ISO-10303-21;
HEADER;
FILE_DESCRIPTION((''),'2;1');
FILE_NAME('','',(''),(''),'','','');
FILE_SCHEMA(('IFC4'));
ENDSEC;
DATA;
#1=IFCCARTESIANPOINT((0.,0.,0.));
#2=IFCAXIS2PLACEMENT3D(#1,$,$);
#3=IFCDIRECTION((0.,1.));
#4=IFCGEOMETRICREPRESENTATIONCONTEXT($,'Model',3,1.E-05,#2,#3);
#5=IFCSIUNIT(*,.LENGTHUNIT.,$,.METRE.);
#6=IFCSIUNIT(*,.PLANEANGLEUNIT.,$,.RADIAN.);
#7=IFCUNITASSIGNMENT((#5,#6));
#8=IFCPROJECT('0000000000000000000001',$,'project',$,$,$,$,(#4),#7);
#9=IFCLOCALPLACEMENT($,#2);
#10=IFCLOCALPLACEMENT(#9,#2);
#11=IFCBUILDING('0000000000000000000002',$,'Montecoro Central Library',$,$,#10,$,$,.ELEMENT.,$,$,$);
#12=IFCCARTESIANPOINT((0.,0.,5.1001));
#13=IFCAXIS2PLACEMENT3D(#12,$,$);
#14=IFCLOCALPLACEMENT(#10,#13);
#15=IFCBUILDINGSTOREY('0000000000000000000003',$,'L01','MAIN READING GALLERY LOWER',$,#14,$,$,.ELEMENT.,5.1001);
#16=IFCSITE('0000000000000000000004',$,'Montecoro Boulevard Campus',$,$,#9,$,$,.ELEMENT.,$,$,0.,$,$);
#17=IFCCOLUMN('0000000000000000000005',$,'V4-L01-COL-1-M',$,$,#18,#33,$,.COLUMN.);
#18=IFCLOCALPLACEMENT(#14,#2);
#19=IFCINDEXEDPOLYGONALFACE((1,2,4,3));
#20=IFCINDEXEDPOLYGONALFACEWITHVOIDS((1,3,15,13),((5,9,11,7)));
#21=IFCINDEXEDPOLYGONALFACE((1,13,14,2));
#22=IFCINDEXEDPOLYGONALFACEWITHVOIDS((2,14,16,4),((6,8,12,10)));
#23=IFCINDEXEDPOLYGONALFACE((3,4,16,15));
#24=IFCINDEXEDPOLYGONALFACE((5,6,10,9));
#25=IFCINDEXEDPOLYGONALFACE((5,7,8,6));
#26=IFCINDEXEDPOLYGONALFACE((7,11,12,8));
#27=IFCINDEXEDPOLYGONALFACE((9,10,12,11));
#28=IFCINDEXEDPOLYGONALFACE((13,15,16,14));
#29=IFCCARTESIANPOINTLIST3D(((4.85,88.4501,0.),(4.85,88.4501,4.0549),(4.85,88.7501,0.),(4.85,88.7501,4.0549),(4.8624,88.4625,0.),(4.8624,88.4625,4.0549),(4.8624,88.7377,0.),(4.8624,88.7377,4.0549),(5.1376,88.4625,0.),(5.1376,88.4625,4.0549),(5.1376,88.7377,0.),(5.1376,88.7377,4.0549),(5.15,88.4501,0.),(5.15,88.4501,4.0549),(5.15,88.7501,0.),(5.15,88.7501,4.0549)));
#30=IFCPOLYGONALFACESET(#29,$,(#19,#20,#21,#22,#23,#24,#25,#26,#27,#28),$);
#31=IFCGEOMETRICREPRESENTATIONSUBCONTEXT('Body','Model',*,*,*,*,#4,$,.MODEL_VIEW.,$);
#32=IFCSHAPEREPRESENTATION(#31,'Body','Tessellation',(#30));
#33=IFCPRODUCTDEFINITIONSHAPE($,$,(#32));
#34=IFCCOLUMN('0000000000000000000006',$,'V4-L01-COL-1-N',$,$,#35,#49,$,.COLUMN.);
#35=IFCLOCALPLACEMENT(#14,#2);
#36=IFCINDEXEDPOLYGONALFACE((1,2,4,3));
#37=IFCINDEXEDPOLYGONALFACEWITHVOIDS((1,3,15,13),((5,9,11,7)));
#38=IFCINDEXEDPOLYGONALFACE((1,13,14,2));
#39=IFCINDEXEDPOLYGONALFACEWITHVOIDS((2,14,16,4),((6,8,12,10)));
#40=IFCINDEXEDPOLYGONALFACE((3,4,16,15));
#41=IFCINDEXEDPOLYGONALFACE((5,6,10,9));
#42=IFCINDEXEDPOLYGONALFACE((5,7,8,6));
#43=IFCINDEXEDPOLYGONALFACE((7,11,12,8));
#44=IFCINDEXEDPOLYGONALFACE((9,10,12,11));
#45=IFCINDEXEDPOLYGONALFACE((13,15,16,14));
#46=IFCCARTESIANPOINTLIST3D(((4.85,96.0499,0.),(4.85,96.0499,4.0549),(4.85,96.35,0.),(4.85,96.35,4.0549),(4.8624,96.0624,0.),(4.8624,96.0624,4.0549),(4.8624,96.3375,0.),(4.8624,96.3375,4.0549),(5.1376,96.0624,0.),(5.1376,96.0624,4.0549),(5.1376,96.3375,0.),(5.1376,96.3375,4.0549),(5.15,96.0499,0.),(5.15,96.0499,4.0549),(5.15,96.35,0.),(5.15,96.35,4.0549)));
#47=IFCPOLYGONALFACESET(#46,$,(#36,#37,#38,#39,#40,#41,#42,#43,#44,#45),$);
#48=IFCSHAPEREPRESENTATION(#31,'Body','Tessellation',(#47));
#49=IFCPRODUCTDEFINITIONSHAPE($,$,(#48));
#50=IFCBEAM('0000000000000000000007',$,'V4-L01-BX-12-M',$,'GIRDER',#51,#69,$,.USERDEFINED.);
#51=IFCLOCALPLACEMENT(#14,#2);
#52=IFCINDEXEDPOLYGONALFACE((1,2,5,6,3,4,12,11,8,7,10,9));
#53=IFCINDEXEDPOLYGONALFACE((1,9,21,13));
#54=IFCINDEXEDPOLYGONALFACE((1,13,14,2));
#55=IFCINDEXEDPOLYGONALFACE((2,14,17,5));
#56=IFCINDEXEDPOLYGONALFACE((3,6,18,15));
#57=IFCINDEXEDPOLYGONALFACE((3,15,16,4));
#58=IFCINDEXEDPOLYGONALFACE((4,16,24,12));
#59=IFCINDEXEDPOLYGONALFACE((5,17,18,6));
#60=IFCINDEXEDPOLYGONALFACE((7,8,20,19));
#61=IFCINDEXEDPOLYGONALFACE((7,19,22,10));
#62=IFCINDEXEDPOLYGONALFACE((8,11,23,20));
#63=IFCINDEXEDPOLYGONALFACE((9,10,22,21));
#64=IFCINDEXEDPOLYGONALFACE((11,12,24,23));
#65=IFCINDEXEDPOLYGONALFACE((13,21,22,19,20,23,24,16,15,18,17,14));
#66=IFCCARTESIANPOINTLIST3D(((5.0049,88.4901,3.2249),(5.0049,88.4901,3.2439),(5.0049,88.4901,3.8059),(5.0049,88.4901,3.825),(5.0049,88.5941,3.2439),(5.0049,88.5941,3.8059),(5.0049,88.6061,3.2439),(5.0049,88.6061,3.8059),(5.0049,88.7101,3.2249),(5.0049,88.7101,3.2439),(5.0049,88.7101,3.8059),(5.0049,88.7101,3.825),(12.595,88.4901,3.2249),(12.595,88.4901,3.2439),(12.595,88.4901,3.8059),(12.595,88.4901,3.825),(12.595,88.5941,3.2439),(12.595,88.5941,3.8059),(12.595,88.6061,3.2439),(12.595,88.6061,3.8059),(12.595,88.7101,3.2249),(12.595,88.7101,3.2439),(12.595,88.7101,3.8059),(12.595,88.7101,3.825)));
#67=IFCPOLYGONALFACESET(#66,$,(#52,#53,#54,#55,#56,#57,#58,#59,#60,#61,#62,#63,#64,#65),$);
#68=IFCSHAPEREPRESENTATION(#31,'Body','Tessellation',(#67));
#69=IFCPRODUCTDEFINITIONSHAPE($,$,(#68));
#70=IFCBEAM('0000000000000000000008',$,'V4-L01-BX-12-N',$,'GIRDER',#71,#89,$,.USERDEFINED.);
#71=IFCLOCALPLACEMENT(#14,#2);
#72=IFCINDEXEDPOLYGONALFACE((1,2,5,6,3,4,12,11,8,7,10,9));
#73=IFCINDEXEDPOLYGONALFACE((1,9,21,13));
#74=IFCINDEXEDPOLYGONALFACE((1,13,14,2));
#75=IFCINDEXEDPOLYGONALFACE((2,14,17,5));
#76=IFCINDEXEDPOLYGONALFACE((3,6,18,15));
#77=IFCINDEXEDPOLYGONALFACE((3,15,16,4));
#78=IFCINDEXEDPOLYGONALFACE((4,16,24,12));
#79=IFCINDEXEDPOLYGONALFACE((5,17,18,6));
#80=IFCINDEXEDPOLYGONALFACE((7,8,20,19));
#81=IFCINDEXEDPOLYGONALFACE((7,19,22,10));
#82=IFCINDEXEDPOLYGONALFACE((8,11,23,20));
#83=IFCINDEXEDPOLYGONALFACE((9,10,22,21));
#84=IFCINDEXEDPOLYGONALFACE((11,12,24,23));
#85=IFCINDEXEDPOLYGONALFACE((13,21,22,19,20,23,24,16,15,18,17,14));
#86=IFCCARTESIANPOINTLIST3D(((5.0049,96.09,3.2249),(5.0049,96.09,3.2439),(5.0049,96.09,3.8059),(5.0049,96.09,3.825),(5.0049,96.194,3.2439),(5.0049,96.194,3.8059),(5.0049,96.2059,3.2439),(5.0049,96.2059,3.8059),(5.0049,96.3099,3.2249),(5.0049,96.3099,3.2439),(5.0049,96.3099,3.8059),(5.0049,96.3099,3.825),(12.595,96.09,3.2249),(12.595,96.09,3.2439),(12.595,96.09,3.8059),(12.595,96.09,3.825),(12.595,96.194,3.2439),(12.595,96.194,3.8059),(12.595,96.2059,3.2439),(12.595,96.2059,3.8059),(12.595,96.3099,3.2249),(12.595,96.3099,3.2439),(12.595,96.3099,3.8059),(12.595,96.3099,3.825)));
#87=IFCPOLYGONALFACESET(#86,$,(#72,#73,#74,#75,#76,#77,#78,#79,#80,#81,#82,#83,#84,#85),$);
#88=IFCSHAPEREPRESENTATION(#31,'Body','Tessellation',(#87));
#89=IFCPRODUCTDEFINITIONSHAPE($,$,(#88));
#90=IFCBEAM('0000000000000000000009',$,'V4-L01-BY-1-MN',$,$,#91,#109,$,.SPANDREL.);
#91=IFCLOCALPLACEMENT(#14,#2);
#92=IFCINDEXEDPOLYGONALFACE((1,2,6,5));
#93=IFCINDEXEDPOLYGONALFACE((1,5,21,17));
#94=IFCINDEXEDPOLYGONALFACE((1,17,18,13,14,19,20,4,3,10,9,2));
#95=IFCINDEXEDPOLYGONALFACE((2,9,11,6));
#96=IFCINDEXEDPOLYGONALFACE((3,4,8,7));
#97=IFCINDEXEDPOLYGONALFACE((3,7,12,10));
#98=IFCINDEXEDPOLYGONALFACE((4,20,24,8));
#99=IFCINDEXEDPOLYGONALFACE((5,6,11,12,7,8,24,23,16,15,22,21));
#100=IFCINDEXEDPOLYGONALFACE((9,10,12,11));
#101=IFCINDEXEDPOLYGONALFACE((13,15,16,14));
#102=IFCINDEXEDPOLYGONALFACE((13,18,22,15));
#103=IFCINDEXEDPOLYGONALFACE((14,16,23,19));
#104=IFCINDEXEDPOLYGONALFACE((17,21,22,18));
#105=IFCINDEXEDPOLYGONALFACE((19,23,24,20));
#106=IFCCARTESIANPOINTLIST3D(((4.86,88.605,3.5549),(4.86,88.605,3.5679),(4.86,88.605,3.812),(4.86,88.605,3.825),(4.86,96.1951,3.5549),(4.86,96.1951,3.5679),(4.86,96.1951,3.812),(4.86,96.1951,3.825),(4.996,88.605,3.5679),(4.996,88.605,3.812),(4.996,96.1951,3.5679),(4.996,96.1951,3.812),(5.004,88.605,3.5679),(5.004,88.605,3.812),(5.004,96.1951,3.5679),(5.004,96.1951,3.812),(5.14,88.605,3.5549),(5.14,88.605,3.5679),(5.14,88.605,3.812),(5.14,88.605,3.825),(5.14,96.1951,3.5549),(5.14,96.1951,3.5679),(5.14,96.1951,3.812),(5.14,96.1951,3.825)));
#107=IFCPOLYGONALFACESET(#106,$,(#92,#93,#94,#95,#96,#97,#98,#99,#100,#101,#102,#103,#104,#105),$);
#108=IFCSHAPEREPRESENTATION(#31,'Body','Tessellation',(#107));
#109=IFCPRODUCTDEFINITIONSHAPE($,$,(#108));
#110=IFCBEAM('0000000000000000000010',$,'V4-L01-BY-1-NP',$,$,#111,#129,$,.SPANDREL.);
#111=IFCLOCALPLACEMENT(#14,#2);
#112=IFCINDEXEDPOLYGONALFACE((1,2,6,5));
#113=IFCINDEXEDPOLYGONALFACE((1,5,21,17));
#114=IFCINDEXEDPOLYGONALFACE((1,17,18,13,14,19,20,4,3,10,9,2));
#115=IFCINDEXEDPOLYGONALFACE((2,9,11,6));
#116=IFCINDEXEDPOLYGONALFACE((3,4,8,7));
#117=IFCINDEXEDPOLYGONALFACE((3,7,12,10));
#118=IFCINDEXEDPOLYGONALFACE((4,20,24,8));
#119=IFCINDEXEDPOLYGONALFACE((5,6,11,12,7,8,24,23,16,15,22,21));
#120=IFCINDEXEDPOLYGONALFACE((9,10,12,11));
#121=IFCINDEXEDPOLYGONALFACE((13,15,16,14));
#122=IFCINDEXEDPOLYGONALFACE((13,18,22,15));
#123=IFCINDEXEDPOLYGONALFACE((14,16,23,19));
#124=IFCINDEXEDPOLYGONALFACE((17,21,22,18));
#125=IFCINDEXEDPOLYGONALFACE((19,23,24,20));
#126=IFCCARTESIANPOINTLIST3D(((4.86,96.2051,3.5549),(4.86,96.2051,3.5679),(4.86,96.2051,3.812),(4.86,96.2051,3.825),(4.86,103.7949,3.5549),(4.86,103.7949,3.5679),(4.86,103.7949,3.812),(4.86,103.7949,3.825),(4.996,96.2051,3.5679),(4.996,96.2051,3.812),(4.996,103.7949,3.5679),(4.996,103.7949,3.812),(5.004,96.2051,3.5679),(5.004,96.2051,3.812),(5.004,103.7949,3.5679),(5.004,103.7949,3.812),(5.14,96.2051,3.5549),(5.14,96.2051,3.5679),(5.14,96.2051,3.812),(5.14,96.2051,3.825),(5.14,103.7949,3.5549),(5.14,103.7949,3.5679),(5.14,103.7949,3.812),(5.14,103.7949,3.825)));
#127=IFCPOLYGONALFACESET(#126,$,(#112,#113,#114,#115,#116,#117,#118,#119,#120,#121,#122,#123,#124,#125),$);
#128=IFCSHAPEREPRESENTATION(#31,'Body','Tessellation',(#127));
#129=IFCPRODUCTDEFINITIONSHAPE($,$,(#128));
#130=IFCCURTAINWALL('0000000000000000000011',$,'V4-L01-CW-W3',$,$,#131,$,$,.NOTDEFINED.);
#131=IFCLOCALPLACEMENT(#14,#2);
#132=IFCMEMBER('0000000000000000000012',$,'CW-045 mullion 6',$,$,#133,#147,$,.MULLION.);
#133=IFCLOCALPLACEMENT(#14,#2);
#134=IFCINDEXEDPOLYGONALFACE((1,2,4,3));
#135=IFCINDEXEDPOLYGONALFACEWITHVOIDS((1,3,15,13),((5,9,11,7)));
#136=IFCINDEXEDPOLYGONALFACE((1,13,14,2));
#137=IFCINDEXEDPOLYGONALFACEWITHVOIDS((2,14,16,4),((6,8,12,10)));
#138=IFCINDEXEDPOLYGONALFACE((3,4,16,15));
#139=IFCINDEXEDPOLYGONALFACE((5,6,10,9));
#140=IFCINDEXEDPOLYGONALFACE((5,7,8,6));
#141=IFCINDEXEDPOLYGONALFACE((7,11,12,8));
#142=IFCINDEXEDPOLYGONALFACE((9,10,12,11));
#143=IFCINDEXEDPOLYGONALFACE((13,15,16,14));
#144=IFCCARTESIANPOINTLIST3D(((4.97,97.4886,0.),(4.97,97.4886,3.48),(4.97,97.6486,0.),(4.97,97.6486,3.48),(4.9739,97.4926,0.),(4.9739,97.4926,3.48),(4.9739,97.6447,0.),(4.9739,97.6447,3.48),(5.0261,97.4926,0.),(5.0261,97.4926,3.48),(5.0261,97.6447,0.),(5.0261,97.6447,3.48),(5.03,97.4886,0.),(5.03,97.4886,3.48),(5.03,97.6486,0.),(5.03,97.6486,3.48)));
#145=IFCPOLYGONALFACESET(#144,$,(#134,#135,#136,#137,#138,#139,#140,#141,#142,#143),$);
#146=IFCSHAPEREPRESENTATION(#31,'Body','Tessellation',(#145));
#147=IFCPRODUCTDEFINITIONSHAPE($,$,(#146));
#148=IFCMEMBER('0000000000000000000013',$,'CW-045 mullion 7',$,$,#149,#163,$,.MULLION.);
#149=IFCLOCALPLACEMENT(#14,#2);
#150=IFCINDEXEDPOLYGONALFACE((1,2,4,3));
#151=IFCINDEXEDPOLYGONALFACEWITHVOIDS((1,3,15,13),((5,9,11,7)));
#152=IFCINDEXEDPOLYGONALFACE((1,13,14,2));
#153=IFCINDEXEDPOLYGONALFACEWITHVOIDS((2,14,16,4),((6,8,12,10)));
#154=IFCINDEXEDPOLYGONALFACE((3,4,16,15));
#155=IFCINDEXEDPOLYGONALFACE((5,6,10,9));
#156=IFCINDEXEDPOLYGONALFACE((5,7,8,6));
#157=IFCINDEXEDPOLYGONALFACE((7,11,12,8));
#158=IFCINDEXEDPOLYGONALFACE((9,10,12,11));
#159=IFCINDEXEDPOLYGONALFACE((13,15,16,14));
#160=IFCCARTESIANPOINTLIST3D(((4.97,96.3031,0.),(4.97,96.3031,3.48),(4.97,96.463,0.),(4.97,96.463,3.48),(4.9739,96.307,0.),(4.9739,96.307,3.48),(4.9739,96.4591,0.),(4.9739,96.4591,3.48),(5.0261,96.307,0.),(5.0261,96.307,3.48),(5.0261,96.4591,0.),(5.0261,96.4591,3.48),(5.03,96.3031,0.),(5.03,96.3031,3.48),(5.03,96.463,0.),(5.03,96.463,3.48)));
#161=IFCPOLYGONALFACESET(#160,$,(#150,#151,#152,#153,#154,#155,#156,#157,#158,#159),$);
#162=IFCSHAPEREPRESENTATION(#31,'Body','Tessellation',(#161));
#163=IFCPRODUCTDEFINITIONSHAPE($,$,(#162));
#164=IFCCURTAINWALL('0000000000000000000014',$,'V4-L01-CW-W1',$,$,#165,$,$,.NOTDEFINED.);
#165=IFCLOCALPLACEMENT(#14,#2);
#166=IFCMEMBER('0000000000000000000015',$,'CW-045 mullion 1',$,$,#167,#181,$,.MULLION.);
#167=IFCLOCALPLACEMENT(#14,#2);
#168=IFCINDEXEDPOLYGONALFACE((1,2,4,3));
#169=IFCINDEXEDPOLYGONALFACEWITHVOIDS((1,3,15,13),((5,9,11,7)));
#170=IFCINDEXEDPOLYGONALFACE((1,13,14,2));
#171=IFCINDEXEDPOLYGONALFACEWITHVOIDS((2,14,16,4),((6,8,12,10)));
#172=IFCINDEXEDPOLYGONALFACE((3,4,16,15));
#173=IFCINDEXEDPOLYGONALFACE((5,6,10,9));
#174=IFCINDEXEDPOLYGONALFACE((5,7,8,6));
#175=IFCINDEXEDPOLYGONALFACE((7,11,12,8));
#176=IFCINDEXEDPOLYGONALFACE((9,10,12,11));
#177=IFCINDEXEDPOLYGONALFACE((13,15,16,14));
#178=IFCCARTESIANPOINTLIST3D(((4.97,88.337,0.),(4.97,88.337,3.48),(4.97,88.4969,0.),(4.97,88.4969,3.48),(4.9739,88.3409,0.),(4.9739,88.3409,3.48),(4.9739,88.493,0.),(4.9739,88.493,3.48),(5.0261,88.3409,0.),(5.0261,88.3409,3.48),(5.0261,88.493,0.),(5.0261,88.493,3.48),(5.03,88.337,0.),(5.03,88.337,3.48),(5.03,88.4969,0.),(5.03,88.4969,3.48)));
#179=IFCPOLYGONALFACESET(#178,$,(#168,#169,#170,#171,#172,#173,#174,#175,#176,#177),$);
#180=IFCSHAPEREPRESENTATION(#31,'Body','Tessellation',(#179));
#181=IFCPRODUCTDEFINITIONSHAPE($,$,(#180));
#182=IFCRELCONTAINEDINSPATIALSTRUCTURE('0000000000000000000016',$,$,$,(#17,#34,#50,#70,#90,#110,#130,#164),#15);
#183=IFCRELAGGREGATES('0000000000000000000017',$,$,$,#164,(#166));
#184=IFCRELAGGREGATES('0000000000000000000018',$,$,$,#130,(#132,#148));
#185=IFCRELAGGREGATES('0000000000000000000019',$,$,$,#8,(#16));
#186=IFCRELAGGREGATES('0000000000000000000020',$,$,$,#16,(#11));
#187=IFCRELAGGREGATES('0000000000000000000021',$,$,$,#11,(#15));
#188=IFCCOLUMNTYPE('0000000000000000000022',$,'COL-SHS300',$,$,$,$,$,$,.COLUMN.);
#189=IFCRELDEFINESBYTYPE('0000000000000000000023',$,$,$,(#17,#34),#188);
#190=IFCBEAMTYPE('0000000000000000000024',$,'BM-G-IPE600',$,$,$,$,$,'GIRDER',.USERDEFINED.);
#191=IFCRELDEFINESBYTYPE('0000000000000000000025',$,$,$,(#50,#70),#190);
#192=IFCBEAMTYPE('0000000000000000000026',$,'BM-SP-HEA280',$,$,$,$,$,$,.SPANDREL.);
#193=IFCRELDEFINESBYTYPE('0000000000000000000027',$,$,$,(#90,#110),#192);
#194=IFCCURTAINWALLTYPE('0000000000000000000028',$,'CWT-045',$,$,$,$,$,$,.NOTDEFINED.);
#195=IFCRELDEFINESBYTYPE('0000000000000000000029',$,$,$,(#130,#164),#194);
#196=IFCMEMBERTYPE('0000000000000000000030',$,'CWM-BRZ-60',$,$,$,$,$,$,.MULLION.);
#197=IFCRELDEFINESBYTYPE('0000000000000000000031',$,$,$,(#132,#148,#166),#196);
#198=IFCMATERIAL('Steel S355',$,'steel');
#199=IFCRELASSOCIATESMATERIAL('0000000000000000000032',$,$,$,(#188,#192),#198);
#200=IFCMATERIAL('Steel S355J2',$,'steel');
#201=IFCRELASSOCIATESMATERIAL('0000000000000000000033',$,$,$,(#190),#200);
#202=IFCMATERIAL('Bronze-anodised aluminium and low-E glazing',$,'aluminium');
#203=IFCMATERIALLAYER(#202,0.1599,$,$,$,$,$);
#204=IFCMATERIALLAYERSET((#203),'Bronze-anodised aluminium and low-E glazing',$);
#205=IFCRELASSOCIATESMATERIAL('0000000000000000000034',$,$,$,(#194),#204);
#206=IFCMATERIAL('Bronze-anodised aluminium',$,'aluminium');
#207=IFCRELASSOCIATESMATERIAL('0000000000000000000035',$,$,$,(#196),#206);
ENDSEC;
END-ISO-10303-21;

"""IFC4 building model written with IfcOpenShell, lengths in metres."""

from ifc_helpers import new_model, si_unit, direction, frame, origin, origin_2d, place, context, subcontext, project, spatial, hollow_rectangle, i_section, extrude, material, layer, layer_set, material_profile, profile_set, type_object, element, aggregate, save


model = new_model("IFC4")

# Units and contexts
model_context = context("Model", 3, precision=1e-05, world=origin(), true_north=direction((0.0, 1.0)))
body_context = subcontext(model_context, "Body", "Model", "MODEL_VIEW")
ifc_project = project(units=[si_unit("LENGTHUNIT", "METRE"), si_unit("PLANEANGLEUNIT", "RADIAN")], contexts=[model_context])

# Site, building, storey
site_placement = place(None, origin())
site = spatial("IfcSite", under=ifc_project, at=site_placement, Name="Montecoro Boulevard Campus", CompositionType="ELEMENT", RefElevation=0.0)
building_placement = place(site_placement, origin())
building = spatial("IfcBuilding", under=site, at=building_placement, Name="Montecoro Central Library", CompositionType="ELEMENT")
storey_placement = place(building_placement, frame((0.0, 0.0, 5.1001)))
storey = spatial("IfcBuildingStorey", under=building, at=storey_placement, Name="L01", Description="MAIN READING GALLERY LOWER", CompositionType="ELEMENT", Elevation=5.1001)

# Columns
ifc_material_1 = material(Name="Steel S355", Category="steel")
ifc_material_profile_1 = material_profile(ifc_material_1, hollow_rectangle(XDim=0.3, YDim=0.3, WallThickness=0.0125, at=origin_2d()), Name="SHS 300x300x12.5")
ifc_profile_set_1 = profile_set([ifc_material_profile_1], Name="Steel S355")
column_type = type_object("IfcColumnType", Name="COL-SHS300", PredefinedType="COLUMN", material=ifc_profile_set_1)
for number, where, z_axis, x_axis, name in (
    (1, (5.0, 88.6001, 0.0), (0.0, 0.0, 1.0), (1.0, 0.0, 0.0), "V4-L01-COL-1-M"),
    (2, (5.0, 96.2, 0.0), (0.0, 0.0, 1.0), (1.0, 0.0, 0.0), "V4-L01-COL-1-N"),
):
    element("IfcColumn", number, at=place(storey_placement, frame(where, z_axis=z_axis, x_axis=x_axis)), inside=storey, type_object=column_type, Name=name, PredefinedType="COLUMN", context=body_context, shape_type="SweptSolid", body=[
        extrude(hollow_rectangle(XDim=0.3, YDim=0.3, WallThickness=0.0125, at=origin_2d()), origin(), (0.0, 0.0, 1.0), 4.0549),
    ])

# Beams
ifc_material_2 = material(Name="Steel S355J2", Category="steel")
ifc_material_profile_2 = material_profile(ifc_material_2, i_section(OverallWidth=0.22, OverallDepth=0.6001, WebThickness=0.012, FlangeThickness=0.019, at=origin_2d()), Name="IPE 600")
ifc_profile_set_2 = profile_set([ifc_material_profile_2], Name="Steel S355J2")
beam_type_1 = type_object("IfcBeamType", Name="BM-G-IPE600", ElementType="GIRDER", PredefinedType="USERDEFINED", material=ifc_profile_set_2)
for number, where, z_axis, x_axis, name in (
    (3, (5.0049, 88.6001, 3.5249), (1.0, 0.0, 0.0), (0.0, 1.0, 0.0), "V4-L01-BX-12-M"),
    (4, (5.0049, 96.2, 3.5249), (1.0, 0.0, 0.0), (0.0, 1.0, 0.0), "V4-L01-BX-12-N"),
):
    element("IfcBeam", number, at=place(storey_placement, frame(where, z_axis=z_axis, x_axis=x_axis)), inside=storey, type_object=beam_type_1, Name=name, ObjectType="GIRDER", PredefinedType="USERDEFINED", context=body_context, shape_type="SweptSolid", body=[
        extrude(i_section(OverallWidth=0.22, OverallDepth=0.6001, WebThickness=0.012, FlangeThickness=0.019, at=origin_2d()), origin(), (0.0, 0.0, 1.0), 7.5901),
    ])
ifc_material_profile_3 = material_profile(ifc_material_1, i_section(OverallWidth=0.28, OverallDepth=0.27, WebThickness=0.0081, FlangeThickness=0.0129, at=origin_2d()), Name="HEA 280")
ifc_profile_set_3 = profile_set([ifc_material_profile_3], Name="Steel S355")
beam_type_2 = type_object("IfcBeamType", Name="BM-SP-HEA280", PredefinedType="SPANDREL", material=ifc_profile_set_3)
beam_1_placement = place(storey_placement, frame((5.0, 88.605, 3.6899), z_axis=(0.0, 1.0, 0.0), x_axis=(-1.0, 0.0, 0.0)))
element("IfcBeam", 5, at=beam_1_placement, inside=storey, type_object=beam_type_2, Name="V4-L01-BY-1-MN", PredefinedType="SPANDREL", context=body_context, shape_type="SweptSolid", body=[
    extrude(i_section(OverallWidth=0.28, OverallDepth=0.27, WebThickness=0.0081, FlangeThickness=0.0129, at=origin_2d()), origin(), (0.0, 0.0, 1.0), 7.5901),
])
beam_2_placement = place(storey_placement, frame((5.0, 96.2051, 3.6899), z_axis=(0.0, 1.0, 0.0), x_axis=(-1.0, 0.0, 0.0)))
element("IfcBeam", 6, at=beam_2_placement, inside=storey, type_object=beam_type_2, Name="V4-L01-BY-1-NP", PredefinedType="SPANDREL", context=body_context, shape_type="SweptSolid", body=[
    extrude(i_section(OverallWidth=0.28, OverallDepth=0.27, WebThickness=0.0081, FlangeThickness=0.0129, at=origin_2d()), origin(), (0.0, 0.0, 1.0), 7.5898),
])

# Curtain wall, members
ifc_material_3 = material(Name="Bronze-anodised aluminium and low-E glazing", Category="aluminium")
ifc_layer_1 = layer(ifc_material_3, 0.1599)
ifc_layer_set_1 = layer_set([ifc_layer_1], Name="Bronze-anodised aluminium and low-E glazing")
curtain_wall_type = type_object("IfcCurtainWallType", Name="CWT-045", PredefinedType="NOTDEFINED", material=ifc_layer_set_1)
curtain_wall_1_placement = place(storey_placement, origin())
curtain_wall_1 = element("IfcCurtainWall", 7, at=curtain_wall_1_placement, inside=storey, type_object=curtain_wall_type, Name="V4-L01-CW-W3", PredefinedType="NOTDEFINED")
ifc_material_4 = material(Name="Bronze-anodised aluminium", Category="aluminium")
ifc_material_profile_4 = material_profile(ifc_material_4, hollow_rectangle(XDim=0.0601, YDim=0.1599, WallThickness=0.0039, at=origin_2d()), Name="CWM 160x60x4.0")
ifc_profile_set_4 = profile_set([ifc_material_profile_4], Name="Bronze-anodised aluminium")
member_type_1 = type_object("IfcMemberType", Name="CWM-BRZ-60", PredefinedType="MULLION", material=ifc_profile_set_4)
member_1_placement = place(storey_placement, frame((5.0, 97.5686, 0.0), z_axis=(0.0, 0.0, 1.0), x_axis=(1.0, 0.0, 0.0)))
member_1 = element("IfcMember", 8, at=member_1_placement, type_object=member_type_1, Name="CW-045 mullion 6", PredefinedType="MULLION", context=body_context, shape_type="SweptSolid", body=[
    extrude(hollow_rectangle(XDim=0.0601, YDim=0.1599, WallThickness=0.0039, at=origin_2d()), origin(), (0.0, 0.0, 1.0), 3.48),
])
member_2_placement = place(storey_placement, frame((5.0, 96.3831, 0.0), z_axis=(0.0, 0.0, 1.0), x_axis=(1.0, 0.0, 0.0)))
member_2 = element("IfcMember", 9, at=member_2_placement, type_object=member_type_1, Name="CW-045 mullion 7", PredefinedType="MULLION", context=body_context, shape_type="SweptSolid", body=[
    extrude(hollow_rectangle(XDim=0.0601, YDim=0.1599, WallThickness=0.0039, at=origin_2d()), origin(), (0.0, 0.0, 1.0), 3.48),
])

# Curtain wall, member
curtain_wall_2_placement = place(storey_placement, origin())
curtain_wall_2 = element("IfcCurtainWall", 10, at=curtain_wall_2_placement, inside=storey, type_object=curtain_wall_type, Name="V4-L01-CW-W1", PredefinedType="NOTDEFINED")
member_3_placement = place(storey_placement, frame((5.0, 88.417, 0.0), z_axis=(0.0, 0.0, 1.0), x_axis=(1.0, 0.0, 0.0)))
member_3 = element("IfcMember", 11, at=member_3_placement, type_object=member_type_1, Name="CW-045 mullion 1", PredefinedType="MULLION", context=body_context, shape_type="SweptSolid", body=[
    extrude(hollow_rectangle(XDim=0.0601, YDim=0.1599, WallThickness=0.0039, at=origin_2d()), origin(), (0.0, 0.0, 1.0), 3.48),
])

aggregate(curtain_wall_2, [member_3])

aggregate(curtain_wall_1, [member_1, member_2])

save(model, "model.ifc")
